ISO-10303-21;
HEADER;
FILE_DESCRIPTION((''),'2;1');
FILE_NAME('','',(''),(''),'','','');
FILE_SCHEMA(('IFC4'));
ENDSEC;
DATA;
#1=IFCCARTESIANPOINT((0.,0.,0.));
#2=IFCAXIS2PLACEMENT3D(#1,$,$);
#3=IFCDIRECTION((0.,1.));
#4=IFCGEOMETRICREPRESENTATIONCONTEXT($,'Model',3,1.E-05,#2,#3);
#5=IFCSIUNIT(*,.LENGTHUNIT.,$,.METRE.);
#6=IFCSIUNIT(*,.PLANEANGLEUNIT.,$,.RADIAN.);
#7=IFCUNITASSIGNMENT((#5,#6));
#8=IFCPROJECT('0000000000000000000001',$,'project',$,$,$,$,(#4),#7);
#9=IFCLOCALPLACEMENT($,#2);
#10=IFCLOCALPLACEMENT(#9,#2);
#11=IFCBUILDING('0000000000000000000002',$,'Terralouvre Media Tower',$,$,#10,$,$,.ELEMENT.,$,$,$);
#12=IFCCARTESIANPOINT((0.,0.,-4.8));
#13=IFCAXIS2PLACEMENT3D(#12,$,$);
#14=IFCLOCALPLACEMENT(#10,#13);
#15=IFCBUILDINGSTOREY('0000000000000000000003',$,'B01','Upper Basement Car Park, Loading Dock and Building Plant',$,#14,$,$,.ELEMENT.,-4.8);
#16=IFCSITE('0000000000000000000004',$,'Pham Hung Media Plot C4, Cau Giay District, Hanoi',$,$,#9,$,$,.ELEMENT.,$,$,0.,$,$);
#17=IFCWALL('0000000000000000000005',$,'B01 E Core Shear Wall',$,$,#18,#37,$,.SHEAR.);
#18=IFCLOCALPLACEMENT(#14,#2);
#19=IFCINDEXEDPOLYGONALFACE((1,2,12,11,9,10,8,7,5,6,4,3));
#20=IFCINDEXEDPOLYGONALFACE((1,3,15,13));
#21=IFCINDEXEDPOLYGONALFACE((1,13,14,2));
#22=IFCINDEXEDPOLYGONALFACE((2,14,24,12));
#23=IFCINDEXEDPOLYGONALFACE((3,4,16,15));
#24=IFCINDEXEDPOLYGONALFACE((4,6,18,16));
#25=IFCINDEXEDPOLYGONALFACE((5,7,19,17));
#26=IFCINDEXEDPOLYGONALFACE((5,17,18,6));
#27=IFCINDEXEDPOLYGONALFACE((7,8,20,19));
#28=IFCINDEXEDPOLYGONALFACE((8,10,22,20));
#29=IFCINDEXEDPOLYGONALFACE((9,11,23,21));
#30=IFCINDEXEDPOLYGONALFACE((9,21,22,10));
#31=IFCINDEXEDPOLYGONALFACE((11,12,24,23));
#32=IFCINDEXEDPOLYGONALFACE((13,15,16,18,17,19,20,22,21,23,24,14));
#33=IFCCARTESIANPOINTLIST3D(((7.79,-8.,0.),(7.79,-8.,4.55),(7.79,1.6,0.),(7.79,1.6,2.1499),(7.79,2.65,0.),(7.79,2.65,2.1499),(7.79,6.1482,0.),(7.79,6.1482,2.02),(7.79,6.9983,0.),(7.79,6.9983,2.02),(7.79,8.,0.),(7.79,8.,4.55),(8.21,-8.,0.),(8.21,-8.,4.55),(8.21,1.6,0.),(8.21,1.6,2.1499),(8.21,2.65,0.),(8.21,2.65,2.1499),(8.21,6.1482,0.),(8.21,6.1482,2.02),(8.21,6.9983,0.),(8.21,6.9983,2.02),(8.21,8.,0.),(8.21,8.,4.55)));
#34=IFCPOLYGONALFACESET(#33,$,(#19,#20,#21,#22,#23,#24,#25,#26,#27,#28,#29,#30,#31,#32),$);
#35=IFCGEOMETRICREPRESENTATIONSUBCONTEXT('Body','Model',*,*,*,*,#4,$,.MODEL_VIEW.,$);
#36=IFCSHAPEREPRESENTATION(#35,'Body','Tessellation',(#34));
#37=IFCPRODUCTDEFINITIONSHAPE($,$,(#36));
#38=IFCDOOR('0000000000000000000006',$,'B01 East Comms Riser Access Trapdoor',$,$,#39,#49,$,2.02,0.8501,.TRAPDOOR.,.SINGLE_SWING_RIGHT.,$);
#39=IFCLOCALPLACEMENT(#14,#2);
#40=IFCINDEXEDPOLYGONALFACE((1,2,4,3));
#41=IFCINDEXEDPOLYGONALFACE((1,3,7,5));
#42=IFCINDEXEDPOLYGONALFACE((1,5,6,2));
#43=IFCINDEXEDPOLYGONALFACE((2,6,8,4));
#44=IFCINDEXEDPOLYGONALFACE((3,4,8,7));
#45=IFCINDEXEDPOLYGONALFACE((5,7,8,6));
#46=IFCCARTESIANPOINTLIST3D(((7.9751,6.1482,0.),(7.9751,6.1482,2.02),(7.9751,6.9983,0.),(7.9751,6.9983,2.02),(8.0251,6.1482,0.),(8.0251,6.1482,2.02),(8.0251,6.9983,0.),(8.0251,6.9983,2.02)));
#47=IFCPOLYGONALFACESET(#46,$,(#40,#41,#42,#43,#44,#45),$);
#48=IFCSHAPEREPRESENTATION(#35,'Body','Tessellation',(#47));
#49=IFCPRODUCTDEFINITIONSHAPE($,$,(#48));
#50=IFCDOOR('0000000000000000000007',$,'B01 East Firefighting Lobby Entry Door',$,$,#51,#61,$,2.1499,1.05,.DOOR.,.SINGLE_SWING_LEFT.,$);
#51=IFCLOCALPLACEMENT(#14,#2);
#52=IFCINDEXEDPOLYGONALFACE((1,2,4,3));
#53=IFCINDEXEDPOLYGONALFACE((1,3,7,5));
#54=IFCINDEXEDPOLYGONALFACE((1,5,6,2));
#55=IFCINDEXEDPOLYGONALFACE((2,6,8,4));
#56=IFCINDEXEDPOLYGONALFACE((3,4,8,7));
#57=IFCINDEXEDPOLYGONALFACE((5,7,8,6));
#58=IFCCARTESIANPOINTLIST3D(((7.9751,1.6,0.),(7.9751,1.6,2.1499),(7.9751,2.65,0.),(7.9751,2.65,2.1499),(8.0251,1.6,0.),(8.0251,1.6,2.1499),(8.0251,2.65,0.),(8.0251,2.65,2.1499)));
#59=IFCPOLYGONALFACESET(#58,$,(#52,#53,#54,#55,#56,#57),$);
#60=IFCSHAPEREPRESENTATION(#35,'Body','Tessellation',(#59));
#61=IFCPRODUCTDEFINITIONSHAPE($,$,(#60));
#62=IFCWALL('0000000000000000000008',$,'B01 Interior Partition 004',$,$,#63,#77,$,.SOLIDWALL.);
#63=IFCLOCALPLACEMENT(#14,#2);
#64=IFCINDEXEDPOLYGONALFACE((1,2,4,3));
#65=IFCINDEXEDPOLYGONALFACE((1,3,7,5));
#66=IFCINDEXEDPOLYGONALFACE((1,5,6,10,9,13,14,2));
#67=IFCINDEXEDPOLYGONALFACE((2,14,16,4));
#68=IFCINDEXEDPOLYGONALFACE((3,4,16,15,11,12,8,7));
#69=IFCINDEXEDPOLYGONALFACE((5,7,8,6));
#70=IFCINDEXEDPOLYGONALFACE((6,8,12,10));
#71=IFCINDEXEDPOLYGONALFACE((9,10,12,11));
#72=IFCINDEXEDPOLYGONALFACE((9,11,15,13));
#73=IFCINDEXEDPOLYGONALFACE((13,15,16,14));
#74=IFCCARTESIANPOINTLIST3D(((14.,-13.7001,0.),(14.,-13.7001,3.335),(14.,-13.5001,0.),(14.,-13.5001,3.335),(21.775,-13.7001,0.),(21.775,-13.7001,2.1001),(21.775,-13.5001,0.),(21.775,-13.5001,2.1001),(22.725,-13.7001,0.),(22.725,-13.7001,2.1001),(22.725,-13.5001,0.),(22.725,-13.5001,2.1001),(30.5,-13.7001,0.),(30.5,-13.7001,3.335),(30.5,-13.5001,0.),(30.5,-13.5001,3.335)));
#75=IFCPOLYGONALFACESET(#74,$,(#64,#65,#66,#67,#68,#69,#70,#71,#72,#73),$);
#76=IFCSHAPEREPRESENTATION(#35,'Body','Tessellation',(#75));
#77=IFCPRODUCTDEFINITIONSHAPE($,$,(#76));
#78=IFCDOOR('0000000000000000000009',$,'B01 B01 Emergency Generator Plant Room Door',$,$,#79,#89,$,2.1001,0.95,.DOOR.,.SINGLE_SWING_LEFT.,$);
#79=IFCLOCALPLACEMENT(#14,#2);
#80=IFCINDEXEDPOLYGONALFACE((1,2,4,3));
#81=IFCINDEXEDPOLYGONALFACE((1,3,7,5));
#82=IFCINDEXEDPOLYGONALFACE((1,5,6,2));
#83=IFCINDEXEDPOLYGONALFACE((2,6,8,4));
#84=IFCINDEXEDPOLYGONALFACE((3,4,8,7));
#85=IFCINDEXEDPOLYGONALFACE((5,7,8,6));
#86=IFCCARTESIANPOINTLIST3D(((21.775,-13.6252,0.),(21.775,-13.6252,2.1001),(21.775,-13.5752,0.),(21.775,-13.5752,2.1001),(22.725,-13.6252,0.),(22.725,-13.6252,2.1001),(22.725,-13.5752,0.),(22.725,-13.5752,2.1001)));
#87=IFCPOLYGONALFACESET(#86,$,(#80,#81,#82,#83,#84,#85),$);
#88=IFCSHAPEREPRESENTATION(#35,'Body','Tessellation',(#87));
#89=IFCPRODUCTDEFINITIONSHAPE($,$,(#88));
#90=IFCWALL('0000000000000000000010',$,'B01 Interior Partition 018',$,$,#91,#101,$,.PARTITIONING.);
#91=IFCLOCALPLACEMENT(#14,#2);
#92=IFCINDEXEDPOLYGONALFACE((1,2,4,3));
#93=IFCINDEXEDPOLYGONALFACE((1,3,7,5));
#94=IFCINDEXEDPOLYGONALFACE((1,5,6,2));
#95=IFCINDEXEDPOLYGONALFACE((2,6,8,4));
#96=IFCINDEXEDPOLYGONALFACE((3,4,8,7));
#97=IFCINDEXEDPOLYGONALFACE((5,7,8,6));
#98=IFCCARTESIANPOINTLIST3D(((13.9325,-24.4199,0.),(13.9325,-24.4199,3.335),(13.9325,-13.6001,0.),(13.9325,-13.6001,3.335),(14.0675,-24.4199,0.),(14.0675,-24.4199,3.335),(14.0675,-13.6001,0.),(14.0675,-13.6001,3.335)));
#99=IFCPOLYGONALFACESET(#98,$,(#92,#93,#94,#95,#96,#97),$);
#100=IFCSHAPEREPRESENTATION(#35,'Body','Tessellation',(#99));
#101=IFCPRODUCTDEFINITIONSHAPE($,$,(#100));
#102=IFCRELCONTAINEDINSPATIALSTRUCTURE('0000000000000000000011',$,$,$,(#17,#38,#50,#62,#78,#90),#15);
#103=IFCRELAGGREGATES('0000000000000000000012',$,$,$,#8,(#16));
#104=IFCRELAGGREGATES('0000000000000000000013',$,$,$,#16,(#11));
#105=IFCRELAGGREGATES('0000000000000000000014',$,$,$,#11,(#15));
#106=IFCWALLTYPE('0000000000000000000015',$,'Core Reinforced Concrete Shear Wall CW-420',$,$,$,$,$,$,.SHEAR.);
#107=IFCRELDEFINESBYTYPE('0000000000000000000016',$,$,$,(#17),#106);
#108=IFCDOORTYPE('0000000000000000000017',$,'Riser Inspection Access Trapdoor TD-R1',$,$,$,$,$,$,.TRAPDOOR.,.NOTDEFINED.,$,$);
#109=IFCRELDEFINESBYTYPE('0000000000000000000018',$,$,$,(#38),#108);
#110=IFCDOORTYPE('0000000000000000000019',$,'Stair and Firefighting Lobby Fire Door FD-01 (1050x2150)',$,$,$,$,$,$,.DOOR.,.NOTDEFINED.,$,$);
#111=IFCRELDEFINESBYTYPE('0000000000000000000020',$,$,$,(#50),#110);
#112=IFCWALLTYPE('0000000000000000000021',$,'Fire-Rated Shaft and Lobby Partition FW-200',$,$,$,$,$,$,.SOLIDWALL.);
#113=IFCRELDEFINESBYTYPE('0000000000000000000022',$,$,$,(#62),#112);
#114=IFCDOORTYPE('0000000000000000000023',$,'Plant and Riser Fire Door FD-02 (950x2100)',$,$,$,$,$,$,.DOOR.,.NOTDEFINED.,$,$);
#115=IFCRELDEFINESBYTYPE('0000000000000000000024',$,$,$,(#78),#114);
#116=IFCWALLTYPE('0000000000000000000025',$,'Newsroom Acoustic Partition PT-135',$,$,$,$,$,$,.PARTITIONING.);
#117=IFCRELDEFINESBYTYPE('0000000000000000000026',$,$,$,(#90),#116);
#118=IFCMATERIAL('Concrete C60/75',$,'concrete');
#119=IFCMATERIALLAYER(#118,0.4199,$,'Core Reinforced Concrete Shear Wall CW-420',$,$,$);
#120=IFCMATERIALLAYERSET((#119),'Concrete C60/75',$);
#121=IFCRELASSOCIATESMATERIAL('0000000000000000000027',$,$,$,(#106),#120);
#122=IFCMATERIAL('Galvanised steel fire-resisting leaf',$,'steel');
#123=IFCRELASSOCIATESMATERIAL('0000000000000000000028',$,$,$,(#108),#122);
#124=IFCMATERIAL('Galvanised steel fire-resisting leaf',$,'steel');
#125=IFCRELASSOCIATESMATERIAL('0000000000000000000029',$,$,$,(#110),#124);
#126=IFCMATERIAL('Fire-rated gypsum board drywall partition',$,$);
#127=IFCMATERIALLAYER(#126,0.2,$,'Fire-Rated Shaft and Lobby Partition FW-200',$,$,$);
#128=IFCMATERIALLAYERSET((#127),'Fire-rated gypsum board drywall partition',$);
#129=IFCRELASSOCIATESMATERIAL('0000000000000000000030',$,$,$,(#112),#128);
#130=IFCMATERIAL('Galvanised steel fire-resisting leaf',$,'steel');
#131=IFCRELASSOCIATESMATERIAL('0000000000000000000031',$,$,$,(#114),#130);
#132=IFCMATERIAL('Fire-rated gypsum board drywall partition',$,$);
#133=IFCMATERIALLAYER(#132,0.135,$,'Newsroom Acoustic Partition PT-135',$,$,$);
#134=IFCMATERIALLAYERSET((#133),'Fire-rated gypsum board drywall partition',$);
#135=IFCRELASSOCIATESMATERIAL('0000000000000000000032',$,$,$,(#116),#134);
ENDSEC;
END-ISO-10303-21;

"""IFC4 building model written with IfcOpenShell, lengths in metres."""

from ifc_helpers import new_model, si_unit, direction, frame, frame_2d, origin, place, context, subcontext, project, spatial, rectangle, extrude, material, layer, layer_set, type_object, element, fill, save


model = new_model("IFC4")

# Units and contexts
model_context = context("Model", 3, precision=1e-05, world=origin(), true_north=direction((0.0, 1.0)))
body_context = subcontext(model_context, "Body", "Model", "MODEL_VIEW")
ifc_project = project(units=[si_unit("LENGTHUNIT", "METRE"), si_unit("PLANEANGLEUNIT", "RADIAN")], contexts=[model_context])

# Site, building, storey
site_placement = place(None, origin())
site = spatial("IfcSite", under=ifc_project, at=site_placement, Name="Pham Hung Media Plot C4, Cau Giay District, Hanoi", CompositionType="ELEMENT", RefElevation=0.0)
building_placement = place(site_placement, origin())
building = spatial("IfcBuilding", under=site, at=building_placement, Name="Terralouvre Media Tower", CompositionType="ELEMENT")
storey_placement = place(building_placement, frame((0.0, 0.0, -4.8)))
storey = spatial("IfcBuildingStorey", under=building, at=storey_placement, Name="B01", Description="Upper Basement Car Park, Loading Dock and Building Plant", CompositionType="ELEMENT", Elevation=-4.8)

# Wall, openings, doors
ifc_material_1 = material(Name="Concrete C60/75", Category="concrete")
ifc_layer_1 = layer(ifc_material_1, 0.4199, Name="Core Reinforced Concrete Shear Wall CW-420")
ifc_layer_set_1 = layer_set([ifc_layer_1], Name="Concrete C60/75")
wall_type_1 = type_object("IfcWallType", Name="Core Reinforced Concrete Shear Wall CW-420", PredefinedType="SHEAR", material=ifc_layer_set_1)
wall_1_placement = place(storey_placement, frame((8.0, -8.0, 0.0), z_axis=(0.0, 0.0, 1.0), x_axis=(0.0, 1.0, 0.0)))
wall_1 = element("IfcWall", 1, at=wall_1_placement, inside=storey, type_object=wall_type_1, Name="B01 E Core Shear Wall", PredefinedType="SHEAR", context=body_context, shape_type="SweptSolid", body=[
    extrude(rectangle(XDim=16.0, YDim=0.4199, at=frame_2d((8.0, 0.0))), origin(), (0.0, 0.0, 1.0), 4.55),
])
opening_1_placement = place(wall_1_placement, frame((9.6001, 0.0, 0.0)))
opening_1 = element("IfcOpeningElement", 2, at=opening_1_placement, cuts=wall_1, PredefinedType="OPENING", context=body_context, shape_type="SweptSolid", body=[
    extrude(rectangle(XDim=1.05, YDim=2.1499, at=frame_2d((0.5249, 1.075))), frame((0.0, 0.22, 0.0), z_axis=(0.0, -1.0, 0.0), x_axis=(1.0, 0.0, 0.0)), (0.0, 0.0, 1.0), 0.4399),
])
opening_2_placement = place(wall_1_placement, frame((14.1482, 0.0, 0.0)))
opening_2 = element("IfcOpeningElement", 3, at=opening_2_placement, cuts=wall_1, PredefinedType="OPENING", context=body_context, shape_type="SweptSolid", body=[
    extrude(rectangle(XDim=0.8501, YDim=2.02, at=frame_2d((0.425, 1.01))), frame((0.0, 0.22, 0.0), z_axis=(0.0, -1.0, 0.0), x_axis=(1.0, 0.0, 0.0)), (0.0, 0.0, 1.0), 0.4399),
])
ifc_material_2 = material(Name="Galvanised steel fire-resisting leaf", Category="steel")
door_type_1 = type_object("IfcDoorType", Name="Riser Inspection Access Trapdoor TD-R1", OperationType="NOTDEFINED", PredefinedType="TRAPDOOR", material=ifc_material_2)
door_1_placement = place(opening_2_placement, origin())
door_1 = element("IfcDoor", 4, at=door_1_placement, inside=storey, type_object=door_type_1, Name="B01 East Comms Riser Access Trapdoor", OperationType="SINGLE_SWING_RIGHT", OverallHeight=2.02, OverallWidth=0.8501, PredefinedType="TRAPDOOR", context=body_context, shape_type="SweptSolid", body=[
    extrude(rectangle(XDim=0.8501, YDim=2.02, at=frame_2d((0.425, 1.01))), frame((0.0, 0.0249, 0.0), z_axis=(0.0, -1.0, 0.0), x_axis=(1.0, 0.0, 0.0)), (0.0, 0.0, 1.0), 0.05),
])
fill(opening_2, door_1)
ifc_material_3 = material(Name="Galvanised steel fire-resisting leaf", Category="steel")
door_type_2 = type_object("IfcDoorType", Name="Stair and Firefighting Lobby Fire Door FD-01 (1050x2150)", OperationType="NOTDEFINED", PredefinedType="DOOR", material=ifc_material_3)
door_2_placement = place(opening_1_placement, origin())
door_2 = element("IfcDoor", 5, at=door_2_placement, inside=storey, type_object=door_type_2, Name="B01 East Firefighting Lobby Entry Door", OperationType="SINGLE_SWING_LEFT", OverallHeight=2.1499, OverallWidth=1.05, PredefinedType="DOOR", context=body_context, shape_type="SweptSolid", body=[
    extrude(rectangle(XDim=1.05, YDim=2.1499, at=frame_2d((0.5249, 1.075))), frame((0.0, 0.0249, 0.0), z_axis=(0.0, -1.0, 0.0), x_axis=(1.0, 0.0, 0.0)), (0.0, 0.0, 1.0), 0.05),
])
fill(opening_1, door_2)

# Wall, opening, door
ifc_material_4 = material(Name="Fire-rated gypsum board drywall partition")
ifc_layer_2 = layer(ifc_material_4, 0.2, Name="Fire-Rated Shaft and Lobby Partition FW-200")
ifc_layer_set_2 = layer_set([ifc_layer_2], Name="Fire-rated gypsum board drywall partition")
wall_type_2 = type_object("IfcWallType", Name="Fire-Rated Shaft and Lobby Partition FW-200", PredefinedType="SOLIDWALL", material=ifc_layer_set_2)
wall_2_placement = place(storey_placement, frame((14.0, -13.6001, 0.0), z_axis=(0.0, 0.0, 1.0), x_axis=(1.0, 0.0, 0.0)))
wall_2 = element("IfcWall", 6, at=wall_2_placement, inside=storey, type_object=wall_type_2, Name="B01 Interior Partition 004", PredefinedType="SOLIDWALL", context=body_context, shape_type="SweptSolid", body=[
    extrude(rectangle(XDim=16.5, YDim=0.2, at=frame_2d((8.25, 0.0))), origin(), (0.0, 0.0, 1.0), 3.335),
])
opening_3_placement = place(wall_2_placement, frame((7.7749, 0.0, 0.0)))
opening_3 = element("IfcOpeningElement", 7, at=opening_3_placement, cuts=wall_2, PredefinedType="OPENING", context=body_context, shape_type="SweptSolid", body=[
    extrude(rectangle(XDim=0.95, YDim=2.1001, at=frame_2d((0.4751, 1.05))), frame((0.0, 0.1099, 0.0), z_axis=(0.0, -1.0, 0.0), x_axis=(1.0, 0.0, 0.0)), (0.0, 0.0, 1.0), 0.22),
])
ifc_material_5 = material(Name="Galvanised steel fire-resisting leaf", Category="steel")
door_type_3 = type_object("IfcDoorType", Name="Plant and Riser Fire Door FD-02 (950x2100)", OperationType="NOTDEFINED", PredefinedType="DOOR", material=ifc_material_5)
door_3_placement = place(opening_3_placement, origin())
door_3 = element("IfcDoor", 8, at=door_3_placement, inside=storey, type_object=door_type_3, Name="B01 B01 Emergency Generator Plant Room Door", OperationType="SINGLE_SWING_LEFT", OverallHeight=2.1001, OverallWidth=0.95, PredefinedType="DOOR", context=body_context, shape_type="SweptSolid", body=[
    extrude(rectangle(XDim=0.95, YDim=2.1001, at=frame_2d((0.4751, 1.05))), frame((0.0, 0.0249, 0.0), z_axis=(0.0, -1.0, 0.0), x_axis=(1.0, 0.0, 0.0)), (0.0, 0.0, 1.0), 0.05),
])
fill(opening_3, door_3)

# Wall
ifc_material_6 = material(Name="Fire-rated gypsum board drywall partition")
ifc_layer_3 = layer(ifc_material_6, 0.135, Name="Newsroom Acoustic Partition PT-135")
ifc_layer_set_3 = layer_set([ifc_layer_3], Name="Fire-rated gypsum board drywall partition")
wall_type_3 = type_object("IfcWallType", Name="Newsroom Acoustic Partition PT-135", PredefinedType="PARTITIONING", material=ifc_layer_set_3)
wall_3_placement = place(storey_placement, frame((14.0, -24.4199, 0.0), z_axis=(0.0, 0.0, 1.0), x_axis=(0.0, 1.0, 0.0)))
element("IfcWall", 9, at=wall_3_placement, inside=storey, type_object=wall_type_3, Name="B01 Interior Partition 018", PredefinedType="PARTITIONING", context=body_context, shape_type="SweptSolid", body=[
    extrude(rectangle(XDim=10.8198, YDim=0.135, at=frame_2d((5.4099, 0.0))), origin(), (0.0, 0.0, 1.0), 3.335),
])

save(model, "model.ifc")
